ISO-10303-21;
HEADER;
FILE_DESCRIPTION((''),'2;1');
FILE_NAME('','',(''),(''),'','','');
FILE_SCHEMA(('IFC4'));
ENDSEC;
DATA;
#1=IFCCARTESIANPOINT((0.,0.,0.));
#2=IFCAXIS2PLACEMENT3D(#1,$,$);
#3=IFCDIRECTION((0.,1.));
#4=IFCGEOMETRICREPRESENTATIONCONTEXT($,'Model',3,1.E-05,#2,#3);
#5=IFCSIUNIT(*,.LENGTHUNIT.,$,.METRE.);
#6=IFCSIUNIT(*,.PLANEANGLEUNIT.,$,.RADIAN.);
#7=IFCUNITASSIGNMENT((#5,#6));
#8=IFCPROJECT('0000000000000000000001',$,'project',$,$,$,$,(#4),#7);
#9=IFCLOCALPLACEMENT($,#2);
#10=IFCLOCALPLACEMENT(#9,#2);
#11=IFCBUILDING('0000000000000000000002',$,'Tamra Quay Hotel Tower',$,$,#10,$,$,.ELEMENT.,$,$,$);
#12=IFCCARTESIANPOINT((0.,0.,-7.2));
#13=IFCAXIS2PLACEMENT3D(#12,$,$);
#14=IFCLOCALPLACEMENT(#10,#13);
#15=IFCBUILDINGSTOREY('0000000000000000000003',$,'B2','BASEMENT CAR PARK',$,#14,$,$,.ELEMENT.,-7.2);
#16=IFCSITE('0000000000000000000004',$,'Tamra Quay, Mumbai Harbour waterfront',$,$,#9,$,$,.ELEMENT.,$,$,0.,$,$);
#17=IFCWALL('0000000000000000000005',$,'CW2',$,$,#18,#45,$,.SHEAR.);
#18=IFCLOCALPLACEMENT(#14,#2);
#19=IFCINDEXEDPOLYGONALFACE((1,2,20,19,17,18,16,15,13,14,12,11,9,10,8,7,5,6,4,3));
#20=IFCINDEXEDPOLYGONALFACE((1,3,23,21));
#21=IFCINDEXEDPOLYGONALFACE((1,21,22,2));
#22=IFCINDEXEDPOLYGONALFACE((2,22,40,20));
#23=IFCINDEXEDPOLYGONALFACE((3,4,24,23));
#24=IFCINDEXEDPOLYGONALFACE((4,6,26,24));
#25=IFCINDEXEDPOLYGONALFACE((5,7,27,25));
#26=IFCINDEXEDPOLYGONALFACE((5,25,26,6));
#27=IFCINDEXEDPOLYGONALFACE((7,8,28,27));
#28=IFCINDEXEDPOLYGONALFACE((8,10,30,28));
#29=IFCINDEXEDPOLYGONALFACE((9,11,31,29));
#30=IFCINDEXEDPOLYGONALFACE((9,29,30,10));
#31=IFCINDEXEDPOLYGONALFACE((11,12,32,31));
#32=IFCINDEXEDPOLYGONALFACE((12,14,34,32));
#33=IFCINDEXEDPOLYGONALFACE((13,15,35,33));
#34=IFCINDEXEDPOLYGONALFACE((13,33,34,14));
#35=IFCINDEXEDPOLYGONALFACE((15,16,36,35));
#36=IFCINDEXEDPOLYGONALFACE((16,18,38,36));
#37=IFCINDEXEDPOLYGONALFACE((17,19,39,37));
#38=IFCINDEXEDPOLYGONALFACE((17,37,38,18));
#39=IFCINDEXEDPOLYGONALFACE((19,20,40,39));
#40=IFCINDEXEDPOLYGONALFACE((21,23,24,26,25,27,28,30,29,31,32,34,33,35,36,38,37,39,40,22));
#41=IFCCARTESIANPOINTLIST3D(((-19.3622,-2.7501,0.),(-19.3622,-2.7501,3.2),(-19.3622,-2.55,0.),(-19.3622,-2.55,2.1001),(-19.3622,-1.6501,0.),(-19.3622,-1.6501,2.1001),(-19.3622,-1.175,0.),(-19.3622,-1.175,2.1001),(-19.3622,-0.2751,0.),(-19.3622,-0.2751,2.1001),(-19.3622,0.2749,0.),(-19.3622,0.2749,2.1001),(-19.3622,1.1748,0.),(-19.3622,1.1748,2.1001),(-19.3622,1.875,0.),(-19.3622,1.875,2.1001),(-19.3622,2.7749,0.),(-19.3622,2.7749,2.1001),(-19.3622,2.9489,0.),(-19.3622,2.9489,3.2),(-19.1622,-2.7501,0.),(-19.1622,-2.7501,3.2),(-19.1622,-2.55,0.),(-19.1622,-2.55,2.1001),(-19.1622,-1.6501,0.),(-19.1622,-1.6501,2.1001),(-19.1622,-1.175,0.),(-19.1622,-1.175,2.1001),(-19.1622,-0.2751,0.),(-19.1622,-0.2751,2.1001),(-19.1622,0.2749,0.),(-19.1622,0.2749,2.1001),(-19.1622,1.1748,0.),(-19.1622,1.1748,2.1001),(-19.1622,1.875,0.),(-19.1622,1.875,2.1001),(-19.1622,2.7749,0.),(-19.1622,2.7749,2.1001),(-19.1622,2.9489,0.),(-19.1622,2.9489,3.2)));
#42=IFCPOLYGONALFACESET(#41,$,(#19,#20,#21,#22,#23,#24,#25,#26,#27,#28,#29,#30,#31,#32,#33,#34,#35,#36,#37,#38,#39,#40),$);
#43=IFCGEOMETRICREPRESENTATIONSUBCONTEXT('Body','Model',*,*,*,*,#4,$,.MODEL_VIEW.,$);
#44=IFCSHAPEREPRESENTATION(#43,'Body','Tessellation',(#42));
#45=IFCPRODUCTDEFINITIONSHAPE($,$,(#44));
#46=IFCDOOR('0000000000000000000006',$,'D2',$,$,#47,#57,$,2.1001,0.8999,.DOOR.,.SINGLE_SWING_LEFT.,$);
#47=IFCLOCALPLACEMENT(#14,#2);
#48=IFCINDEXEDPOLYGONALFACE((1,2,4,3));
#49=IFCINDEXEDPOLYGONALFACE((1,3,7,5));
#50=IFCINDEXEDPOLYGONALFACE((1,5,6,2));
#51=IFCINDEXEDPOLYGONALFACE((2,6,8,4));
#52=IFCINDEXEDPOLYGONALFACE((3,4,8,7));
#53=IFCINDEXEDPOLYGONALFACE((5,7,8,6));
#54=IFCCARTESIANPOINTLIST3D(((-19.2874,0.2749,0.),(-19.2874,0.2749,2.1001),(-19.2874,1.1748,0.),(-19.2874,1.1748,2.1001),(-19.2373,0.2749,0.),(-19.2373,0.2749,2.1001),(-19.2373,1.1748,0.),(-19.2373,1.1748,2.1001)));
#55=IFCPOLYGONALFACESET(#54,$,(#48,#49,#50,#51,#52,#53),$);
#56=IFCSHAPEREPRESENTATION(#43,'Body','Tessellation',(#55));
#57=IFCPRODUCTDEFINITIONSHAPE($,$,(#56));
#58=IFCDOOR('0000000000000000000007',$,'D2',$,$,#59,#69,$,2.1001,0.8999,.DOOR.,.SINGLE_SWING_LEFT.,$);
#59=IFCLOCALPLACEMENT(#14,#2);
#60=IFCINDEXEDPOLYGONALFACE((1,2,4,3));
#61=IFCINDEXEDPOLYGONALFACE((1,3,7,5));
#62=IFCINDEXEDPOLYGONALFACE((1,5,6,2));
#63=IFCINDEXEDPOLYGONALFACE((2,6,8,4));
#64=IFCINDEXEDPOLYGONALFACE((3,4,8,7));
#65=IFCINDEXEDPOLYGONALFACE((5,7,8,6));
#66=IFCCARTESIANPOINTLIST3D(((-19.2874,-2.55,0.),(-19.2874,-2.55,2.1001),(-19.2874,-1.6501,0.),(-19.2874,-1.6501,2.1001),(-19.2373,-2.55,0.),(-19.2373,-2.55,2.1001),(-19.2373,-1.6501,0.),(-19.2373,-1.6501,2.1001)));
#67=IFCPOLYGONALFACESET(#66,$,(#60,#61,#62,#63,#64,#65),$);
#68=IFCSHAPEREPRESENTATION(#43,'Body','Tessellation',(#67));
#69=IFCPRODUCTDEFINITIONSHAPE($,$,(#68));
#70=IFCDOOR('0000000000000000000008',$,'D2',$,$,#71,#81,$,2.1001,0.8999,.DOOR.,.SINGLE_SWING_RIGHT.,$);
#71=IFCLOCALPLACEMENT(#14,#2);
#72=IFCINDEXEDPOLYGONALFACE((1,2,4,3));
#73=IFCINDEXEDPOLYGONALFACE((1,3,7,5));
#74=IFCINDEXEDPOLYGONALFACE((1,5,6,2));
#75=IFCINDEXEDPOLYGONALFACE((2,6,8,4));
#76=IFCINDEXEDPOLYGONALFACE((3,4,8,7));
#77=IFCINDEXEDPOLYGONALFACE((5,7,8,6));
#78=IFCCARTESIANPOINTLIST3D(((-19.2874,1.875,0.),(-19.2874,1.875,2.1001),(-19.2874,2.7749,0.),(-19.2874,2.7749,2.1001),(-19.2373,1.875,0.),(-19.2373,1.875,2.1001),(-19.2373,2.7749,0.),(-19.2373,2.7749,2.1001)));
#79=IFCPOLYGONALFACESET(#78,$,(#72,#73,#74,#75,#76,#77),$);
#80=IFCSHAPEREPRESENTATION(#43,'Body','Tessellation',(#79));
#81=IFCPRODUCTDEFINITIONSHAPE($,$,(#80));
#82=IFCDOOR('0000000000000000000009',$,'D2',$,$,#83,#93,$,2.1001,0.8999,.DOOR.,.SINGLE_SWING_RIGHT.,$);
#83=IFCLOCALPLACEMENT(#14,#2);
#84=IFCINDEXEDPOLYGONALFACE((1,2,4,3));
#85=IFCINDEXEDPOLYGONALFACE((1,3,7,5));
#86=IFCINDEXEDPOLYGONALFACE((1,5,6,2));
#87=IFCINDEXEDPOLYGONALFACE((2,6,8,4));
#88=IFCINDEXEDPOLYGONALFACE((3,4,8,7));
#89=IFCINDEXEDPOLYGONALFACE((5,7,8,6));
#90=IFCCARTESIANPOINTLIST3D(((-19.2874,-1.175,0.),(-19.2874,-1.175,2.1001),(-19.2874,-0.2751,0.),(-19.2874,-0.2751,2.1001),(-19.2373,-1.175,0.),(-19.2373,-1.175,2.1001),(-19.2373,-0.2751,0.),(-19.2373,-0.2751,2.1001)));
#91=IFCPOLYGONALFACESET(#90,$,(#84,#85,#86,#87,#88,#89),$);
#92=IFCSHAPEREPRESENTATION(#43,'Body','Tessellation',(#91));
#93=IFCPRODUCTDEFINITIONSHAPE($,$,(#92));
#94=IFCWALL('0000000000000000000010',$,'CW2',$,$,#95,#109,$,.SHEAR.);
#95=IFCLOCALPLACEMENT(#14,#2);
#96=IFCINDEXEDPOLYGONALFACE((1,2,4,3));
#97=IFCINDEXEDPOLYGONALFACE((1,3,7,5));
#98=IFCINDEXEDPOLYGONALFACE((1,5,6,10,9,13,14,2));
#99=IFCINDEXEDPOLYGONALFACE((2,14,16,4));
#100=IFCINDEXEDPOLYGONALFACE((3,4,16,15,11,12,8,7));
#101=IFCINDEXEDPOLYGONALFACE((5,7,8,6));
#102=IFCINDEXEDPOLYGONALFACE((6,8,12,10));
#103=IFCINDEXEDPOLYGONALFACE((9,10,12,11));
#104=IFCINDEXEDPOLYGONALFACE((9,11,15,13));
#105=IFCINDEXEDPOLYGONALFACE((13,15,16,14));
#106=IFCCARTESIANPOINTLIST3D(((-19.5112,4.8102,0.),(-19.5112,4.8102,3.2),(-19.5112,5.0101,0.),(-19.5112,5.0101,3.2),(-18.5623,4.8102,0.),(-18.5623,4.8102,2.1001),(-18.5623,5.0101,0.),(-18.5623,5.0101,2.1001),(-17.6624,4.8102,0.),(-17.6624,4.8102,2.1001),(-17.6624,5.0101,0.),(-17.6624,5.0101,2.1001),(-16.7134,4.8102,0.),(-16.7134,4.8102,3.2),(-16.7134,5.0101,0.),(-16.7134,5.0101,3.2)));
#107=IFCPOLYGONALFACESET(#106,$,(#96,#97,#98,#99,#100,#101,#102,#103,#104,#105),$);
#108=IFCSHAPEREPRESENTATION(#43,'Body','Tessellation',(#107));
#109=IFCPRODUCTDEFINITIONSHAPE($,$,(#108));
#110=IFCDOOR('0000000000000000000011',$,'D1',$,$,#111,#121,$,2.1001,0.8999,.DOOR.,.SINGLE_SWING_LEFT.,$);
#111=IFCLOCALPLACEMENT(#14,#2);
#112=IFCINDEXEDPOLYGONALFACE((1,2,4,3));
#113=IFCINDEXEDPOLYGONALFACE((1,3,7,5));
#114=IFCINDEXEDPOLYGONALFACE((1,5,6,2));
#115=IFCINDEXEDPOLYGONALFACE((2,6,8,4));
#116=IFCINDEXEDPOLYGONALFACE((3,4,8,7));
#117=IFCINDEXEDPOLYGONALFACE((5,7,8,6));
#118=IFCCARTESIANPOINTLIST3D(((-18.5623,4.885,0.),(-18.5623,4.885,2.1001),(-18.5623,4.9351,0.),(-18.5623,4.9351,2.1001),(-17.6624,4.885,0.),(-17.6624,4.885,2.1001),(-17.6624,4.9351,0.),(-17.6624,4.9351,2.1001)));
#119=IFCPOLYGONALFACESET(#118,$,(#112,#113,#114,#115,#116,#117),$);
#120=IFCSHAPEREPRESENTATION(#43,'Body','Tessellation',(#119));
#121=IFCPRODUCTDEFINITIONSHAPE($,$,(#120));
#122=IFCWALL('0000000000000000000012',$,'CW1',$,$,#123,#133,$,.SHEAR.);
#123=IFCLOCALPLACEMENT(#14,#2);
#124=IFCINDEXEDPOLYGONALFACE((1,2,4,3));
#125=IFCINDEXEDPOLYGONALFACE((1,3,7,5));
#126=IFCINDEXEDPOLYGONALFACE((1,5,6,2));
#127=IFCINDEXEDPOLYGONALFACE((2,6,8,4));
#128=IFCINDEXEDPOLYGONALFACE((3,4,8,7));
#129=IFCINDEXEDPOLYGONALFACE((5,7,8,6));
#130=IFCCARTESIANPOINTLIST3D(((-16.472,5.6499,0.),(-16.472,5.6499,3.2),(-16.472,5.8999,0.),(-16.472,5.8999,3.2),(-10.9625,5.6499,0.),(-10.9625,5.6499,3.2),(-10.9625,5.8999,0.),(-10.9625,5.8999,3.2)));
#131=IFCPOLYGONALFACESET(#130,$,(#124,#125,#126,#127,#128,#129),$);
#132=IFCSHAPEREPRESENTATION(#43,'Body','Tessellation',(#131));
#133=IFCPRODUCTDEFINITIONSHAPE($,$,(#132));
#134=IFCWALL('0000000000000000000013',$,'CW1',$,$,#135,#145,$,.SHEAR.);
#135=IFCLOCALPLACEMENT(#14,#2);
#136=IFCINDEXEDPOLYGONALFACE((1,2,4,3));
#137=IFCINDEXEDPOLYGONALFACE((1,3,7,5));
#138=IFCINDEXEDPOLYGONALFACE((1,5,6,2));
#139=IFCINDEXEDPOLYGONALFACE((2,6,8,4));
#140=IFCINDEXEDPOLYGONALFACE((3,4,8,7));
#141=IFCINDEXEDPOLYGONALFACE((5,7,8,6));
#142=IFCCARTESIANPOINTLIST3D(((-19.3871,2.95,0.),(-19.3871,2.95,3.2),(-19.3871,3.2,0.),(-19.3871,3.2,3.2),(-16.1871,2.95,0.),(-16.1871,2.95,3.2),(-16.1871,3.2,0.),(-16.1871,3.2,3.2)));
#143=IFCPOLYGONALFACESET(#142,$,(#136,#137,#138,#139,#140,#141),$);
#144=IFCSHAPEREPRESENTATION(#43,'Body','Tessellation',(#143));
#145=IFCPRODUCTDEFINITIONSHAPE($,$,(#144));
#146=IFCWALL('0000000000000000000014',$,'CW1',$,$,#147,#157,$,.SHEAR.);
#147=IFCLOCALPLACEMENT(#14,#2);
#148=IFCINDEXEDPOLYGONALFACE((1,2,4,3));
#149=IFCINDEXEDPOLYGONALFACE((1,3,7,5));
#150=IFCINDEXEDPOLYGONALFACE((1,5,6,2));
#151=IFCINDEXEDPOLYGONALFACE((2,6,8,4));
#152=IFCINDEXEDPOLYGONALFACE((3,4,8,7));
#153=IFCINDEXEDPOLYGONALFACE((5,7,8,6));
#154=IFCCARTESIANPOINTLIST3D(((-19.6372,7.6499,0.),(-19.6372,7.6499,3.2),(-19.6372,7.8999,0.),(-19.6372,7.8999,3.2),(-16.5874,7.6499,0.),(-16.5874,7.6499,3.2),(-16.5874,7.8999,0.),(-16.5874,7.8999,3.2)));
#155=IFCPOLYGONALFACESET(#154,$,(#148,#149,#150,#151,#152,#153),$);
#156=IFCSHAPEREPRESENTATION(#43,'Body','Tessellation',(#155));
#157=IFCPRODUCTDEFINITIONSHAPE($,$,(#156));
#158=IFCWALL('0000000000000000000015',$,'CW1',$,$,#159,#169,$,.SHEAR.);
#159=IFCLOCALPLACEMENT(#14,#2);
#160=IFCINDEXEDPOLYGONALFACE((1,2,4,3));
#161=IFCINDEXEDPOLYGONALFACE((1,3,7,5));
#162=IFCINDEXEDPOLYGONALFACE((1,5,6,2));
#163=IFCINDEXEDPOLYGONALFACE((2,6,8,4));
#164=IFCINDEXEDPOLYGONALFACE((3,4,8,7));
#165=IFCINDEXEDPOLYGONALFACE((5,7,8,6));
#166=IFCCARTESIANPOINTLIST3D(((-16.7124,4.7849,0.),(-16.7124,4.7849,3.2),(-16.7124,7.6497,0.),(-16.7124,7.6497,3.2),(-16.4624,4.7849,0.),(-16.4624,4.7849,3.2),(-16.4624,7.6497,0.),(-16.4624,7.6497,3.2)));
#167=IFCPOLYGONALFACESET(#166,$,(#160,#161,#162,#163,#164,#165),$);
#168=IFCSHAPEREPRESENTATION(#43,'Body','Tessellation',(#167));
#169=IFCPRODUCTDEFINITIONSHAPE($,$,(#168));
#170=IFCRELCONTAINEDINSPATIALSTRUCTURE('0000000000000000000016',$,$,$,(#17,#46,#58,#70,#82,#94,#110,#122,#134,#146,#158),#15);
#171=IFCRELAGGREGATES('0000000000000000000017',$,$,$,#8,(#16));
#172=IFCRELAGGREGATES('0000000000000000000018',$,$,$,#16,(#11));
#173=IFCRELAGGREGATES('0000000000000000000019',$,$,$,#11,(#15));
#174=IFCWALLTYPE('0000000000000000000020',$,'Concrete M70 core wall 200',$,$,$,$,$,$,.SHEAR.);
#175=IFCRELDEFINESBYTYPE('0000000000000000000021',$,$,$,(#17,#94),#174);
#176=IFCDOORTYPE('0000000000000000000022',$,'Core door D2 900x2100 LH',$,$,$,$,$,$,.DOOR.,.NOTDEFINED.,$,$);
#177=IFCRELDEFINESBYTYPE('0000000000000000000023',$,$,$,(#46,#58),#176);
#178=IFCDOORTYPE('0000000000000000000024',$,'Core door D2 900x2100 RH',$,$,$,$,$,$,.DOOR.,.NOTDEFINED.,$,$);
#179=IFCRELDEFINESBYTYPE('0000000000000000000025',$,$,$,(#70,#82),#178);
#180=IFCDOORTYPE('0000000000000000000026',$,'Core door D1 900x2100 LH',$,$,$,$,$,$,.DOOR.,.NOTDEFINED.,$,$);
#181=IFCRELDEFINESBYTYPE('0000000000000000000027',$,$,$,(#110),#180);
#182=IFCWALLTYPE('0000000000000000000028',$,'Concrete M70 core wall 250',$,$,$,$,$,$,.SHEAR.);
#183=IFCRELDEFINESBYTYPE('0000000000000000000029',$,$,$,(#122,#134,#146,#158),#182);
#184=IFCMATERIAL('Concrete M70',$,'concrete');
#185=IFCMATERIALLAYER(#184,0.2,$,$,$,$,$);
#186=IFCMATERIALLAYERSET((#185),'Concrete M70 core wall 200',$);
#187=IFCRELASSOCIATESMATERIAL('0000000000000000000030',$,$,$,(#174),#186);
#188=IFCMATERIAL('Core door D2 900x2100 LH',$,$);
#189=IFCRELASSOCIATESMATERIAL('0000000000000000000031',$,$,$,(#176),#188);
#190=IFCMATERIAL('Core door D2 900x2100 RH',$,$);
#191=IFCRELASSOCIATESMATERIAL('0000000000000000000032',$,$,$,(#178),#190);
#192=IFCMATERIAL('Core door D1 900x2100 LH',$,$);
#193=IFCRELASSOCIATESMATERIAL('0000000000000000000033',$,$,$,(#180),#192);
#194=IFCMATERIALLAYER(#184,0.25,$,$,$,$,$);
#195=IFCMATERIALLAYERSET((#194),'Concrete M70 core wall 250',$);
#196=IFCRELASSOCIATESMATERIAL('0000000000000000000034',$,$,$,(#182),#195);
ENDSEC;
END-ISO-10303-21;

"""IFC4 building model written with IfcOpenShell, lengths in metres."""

from ifc_helpers import new_model, si_unit, direction, frame, frame_2d, origin, place, context, subcontext, project, spatial, rectangle, extrude, material, layer, layer_set, type_object, element, fill, save


model = new_model("IFC4")

# Units and contexts
model_context = context("Model", 3, precision=1e-05, world=origin(), true_north=direction((0.0, 1.0)))
body_context = subcontext(model_context, "Body", "Model", "MODEL_VIEW")
ifc_project = project(units=[si_unit("LENGTHUNIT", "METRE"), si_unit("PLANEANGLEUNIT", "RADIAN")], contexts=[model_context])

# Site, building, storey
site_placement = place(None, origin())
site = spatial("IfcSite", under=ifc_project, at=site_placement, Name="Tamra Quay, Mumbai Harbour waterfront", CompositionType="ELEMENT", RefElevation=0.0)
building_placement = place(site_placement, origin())
building = spatial("IfcBuilding", under=site, at=building_placement, Name="Tamra Quay Hotel Tower", CompositionType="ELEMENT")
storey_placement = place(building_placement, frame((0.0, 0.0, -7.2)))
storey = spatial("IfcBuildingStorey", under=building, at=storey_placement, Name="B2", Description="BASEMENT CAR PARK", CompositionType="ELEMENT", Elevation=-7.2)

# Shared definitions
ifc_material_1 = material(Name="Concrete M70", Category="concrete")

# Wall, openings, doors
ifc_layer_1 = layer(ifc_material_1, 0.2)
ifc_layer_set_1 = layer_set([ifc_layer_1], Name="Concrete M70 core wall 200")
wall_type_1 = type_object("IfcWallType", Name="Concrete M70 core wall 200", PredefinedType="SHEAR", material=ifc_layer_set_1)
wall_1_placement = place(storey_placement, frame((-19.2622, 2.949, 0.0), z_axis=(0.0, 0.0, 1.0), x_axis=(0.0, -1.0, 0.0)))
wall_1 = element("IfcWall", 1, at=wall_1_placement, inside=storey, type_object=wall_type_1, Name="CW2", PredefinedType="SHEAR", context=body_context, shape_type="SweptSolid", body=[
    extrude(rectangle(XDim=5.699, YDim=0.2, at=frame_2d((2.8496, 0.0))), origin(), (0.0, 0.0, 1.0), 3.2),
])
opening_1_placement = place(wall_1_placement, frame((0.1741, 0.0, 0.0)))
opening_1 = element("IfcOpeningElement", 2, at=opening_1_placement, cuts=wall_1, PredefinedType="OPENING", context=body_context, shape_type="SweptSolid", body=[
    extrude(rectangle(XDim=0.8999, YDim=2.1001, at=frame_2d((0.45, 1.05))), frame((0.0, 0.1099, 0.0), z_axis=(0.0, -1.0, 0.0), x_axis=(1.0, 0.0, 0.0)), (0.0, 0.0, 1.0), 0.22),
])
opening_2_placement = place(wall_1_placement, frame((1.7742, 0.0, 0.0)))
opening_2 = element("IfcOpeningElement", 3, at=opening_2_placement, cuts=wall_1, PredefinedType="OPENING", context=body_context, shape_type="SweptSolid", body=[
    extrude(rectangle(XDim=0.8999, YDim=2.1001, at=frame_2d((0.45, 1.05))), frame((0.0, 0.1099, 0.0), z_axis=(0.0, -1.0, 0.0), x_axis=(1.0, 0.0, 0.0)), (0.0, 0.0, 1.0), 0.22),
])
opening_3_placement = place(wall_1_placement, frame((3.2241, 0.0, 0.0)))
opening_3 = element("IfcOpeningElement", 4, at=opening_3_placement, cuts=wall_1, PredefinedType="OPENING", context=body_context, shape_type="SweptSolid", body=[
    extrude(rectangle(XDim=0.8999, YDim=2.1001, at=frame_2d((0.45, 1.05))), frame((0.0, 0.1099, 0.0), z_axis=(0.0, -1.0, 0.0), x_axis=(1.0, 0.0, 0.0)), (0.0, 0.0, 1.0), 0.22),
])
opening_4_placement = place(wall_1_placement, frame((4.5991, 0.0, 0.0)))
opening_4 = element("IfcOpeningElement", 5, at=opening_4_placement, cuts=wall_1, PredefinedType="OPENING", context=body_context, shape_type="SweptSolid", body=[
    extrude(rectangle(XDim=0.8999, YDim=2.1001, at=frame_2d((0.45, 1.05))), frame((0.0, 0.1099, 0.0), z_axis=(0.0, -1.0, 0.0), x_axis=(1.0, 0.0, 0.0)), (0.0, 0.0, 1.0), 0.22),
])
ifc_material_2 = material(Name="Core door D2 900x2100 LH")
door_type_1 = type_object("IfcDoorType", Name="Core door D2 900x2100 LH", OperationType="NOTDEFINED", PredefinedType="DOOR", material=ifc_material_2)
door_1_placement = place(opening_2_placement, origin())
door_1 = element("IfcDoor", 6, at=door_1_placement, inside=storey, type_object=door_type_1, Name="D2", OperationType="SINGLE_SWING_LEFT", OverallHeight=2.1001, OverallWidth=0.8999, PredefinedType="DOOR", context=body_context, shape_type="SweptSolid", body=[
    extrude(rectangle(XDim=0.8999, YDim=2.1001, at=frame_2d((0.45, 1.05))), frame((0.0, 0.0249, 0.0), z_axis=(0.0, -1.0, 0.0), x_axis=(1.0, 0.0, 0.0)), (0.0, 0.0, 1.0), 0.05),
])
fill(opening_2, door_1)
door_2_placement = place(opening_4_placement, origin())
door_2 = element("IfcDoor", 7, at=door_2_placement, inside=storey, type_object=door_type_1, Name="D2", OperationType="SINGLE_SWING_LEFT", OverallHeight=2.1001, OverallWidth=0.8999, PredefinedType="DOOR", context=body_context, shape_type="SweptSolid", body=[
    extrude(rectangle(XDim=0.8999, YDim=2.1001, at=frame_2d((0.45, 1.05))), frame((0.0, 0.0249, 0.0), z_axis=(0.0, -1.0, 0.0), x_axis=(1.0, 0.0, 0.0)), (0.0, 0.0, 1.0), 0.05),
])
fill(opening_4, door_2)
ifc_material_3 = material(Name="Core door D2 900x2100 RH")
door_type_2 = type_object("IfcDoorType", Name="Core door D2 900x2100 RH", OperationType="NOTDEFINED", PredefinedType="DOOR", material=ifc_material_3)
door_3_placement = place(opening_1_placement, origin())
door_3 = element("IfcDoor", 8, at=door_3_placement, inside=storey, type_object=door_type_2, Name="D2", OperationType="SINGLE_SWING_RIGHT", OverallHeight=2.1001, OverallWidth=0.8999, PredefinedType="DOOR", context=body_context, shape_type="SweptSolid", body=[
    extrude(rectangle(XDim=0.8999, YDim=2.1001, at=frame_2d((0.45, 1.05))), frame((0.0, 0.0249, 0.0), z_axis=(0.0, -1.0, 0.0), x_axis=(1.0, 0.0, 0.0)), (0.0, 0.0, 1.0), 0.05),
])
fill(opening_1, door_3)
door_4_placement = place(opening_3_placement, origin())
door_4 = element("IfcDoor", 9, at=door_4_placement, inside=storey, type_object=door_type_2, Name="D2", OperationType="SINGLE_SWING_RIGHT", OverallHeight=2.1001, OverallWidth=0.8999, PredefinedType="DOOR", context=body_context, shape_type="SweptSolid", body=[
    extrude(rectangle(XDim=0.8999, YDim=2.1001, at=frame_2d((0.45, 1.05))), frame((0.0, 0.0249, 0.0), z_axis=(0.0, -1.0, 0.0), x_axis=(1.0, 0.0, 0.0)), (0.0, 0.0, 1.0), 0.05),
])
fill(opening_3, door_4)

# Wall, opening, door
wall_2_placement = place(storey_placement, frame((-19.5112, 4.9102, 0.0), z_axis=(0.0, 0.0, 1.0), x_axis=(1.0, 0.0, 0.0)))
wall_2 = element("IfcWall", 10, at=wall_2_placement, inside=storey, type_object=wall_type_1, Name="CW2", PredefinedType="SHEAR", context=body_context, shape_type="SweptSolid", body=[
    extrude(rectangle(XDim=2.7979, YDim=0.2, at=frame_2d((1.3989, 0.0))), origin(), (0.0, 0.0, 1.0), 3.2),
])
opening_5_placement = place(wall_2_placement, frame((0.949, 0.0, 0.0)))
opening_5 = element("IfcOpeningElement", 11, at=opening_5_placement, cuts=wall_2, PredefinedType="OPENING", context=body_context, shape_type="SweptSolid", body=[
    extrude(rectangle(XDim=0.8999, YDim=2.1001, at=frame_2d((0.45, 1.05))), frame((0.0, 0.1099, 0.0), z_axis=(0.0, -1.0, 0.0), x_axis=(1.0, 0.0, 0.0)), (0.0, 0.0, 1.0), 0.22),
])
ifc_material_4 = material(Name="Core door D1 900x2100 LH")
door_type_3 = type_object("IfcDoorType", Name="Core door D1 900x2100 LH", OperationType="NOTDEFINED", PredefinedType="DOOR", material=ifc_material_4)
door_5_placement = place(opening_5_placement, origin())
door_5 = element("IfcDoor", 12, at=door_5_placement, inside=storey, type_object=door_type_3, Name="D1", OperationType="SINGLE_SWING_LEFT", OverallHeight=2.1001, OverallWidth=0.8999, PredefinedType="DOOR", context=body_context, shape_type="SweptSolid", body=[
    extrude(rectangle(XDim=0.8999, YDim=2.1001, at=frame_2d((0.45, 1.05))), frame((0.0, 0.0249, 0.0), z_axis=(0.0, -1.0, 0.0), x_axis=(1.0, 0.0, 0.0)), (0.0, 0.0, 1.0), 0.05),
])
fill(opening_5, door_5)

# Walls
ifc_layer_2 = layer(ifc_material_1, 0.25)
ifc_layer_set_2 = layer_set([ifc_layer_2], Name="Concrete M70 core wall 250")
wall_type_2 = type_object("IfcWallType", Name="Concrete M70 core wall 250", PredefinedType="SHEAR", material=ifc_layer_set_2)
wall_3_placement = place(storey_placement, frame((-16.4722, 5.7749, 0.0), z_axis=(0.0, 0.0, 1.0), x_axis=(1.0, 0.0, 0.0)))
element("IfcWall", 13, at=wall_3_placement, inside=storey, type_object=wall_type_2, Name="CW1", PredefinedType="SHEAR", context=body_context, shape_type="SweptSolid", body=[
    extrude(rectangle(XDim=5.5095, YDim=0.25, at=frame_2d((2.7549, 0.0))), origin(), (0.0, 0.0, 1.0), 3.2),
])
wall_4_placement = place(storey_placement, frame((-19.3872, 3.075, 0.0), z_axis=(0.0, 0.0, 1.0), x_axis=(1.0, 0.0, 0.0)))
element("IfcWall", 14, at=wall_4_placement, inside=storey, type_object=wall_type_2, Name="CW1", PredefinedType="SHEAR", context=body_context, shape_type="SweptSolid", body=[
    extrude(rectangle(XDim=3.2, YDim=0.25, at=frame_2d((1.6001, 0.0))), origin(), (0.0, 0.0, 1.0), 3.2),
])
wall_5_placement = place(storey_placement, frame((-19.6372, 7.7749, 0.0), z_axis=(0.0, 0.0, 1.0), x_axis=(1.0, 0.0, 0.0)))
element("IfcWall", 15, at=wall_5_placement, inside=storey, type_object=wall_type_2, Name="CW1", PredefinedType="SHEAR", context=body_context, shape_type="SweptSolid", body=[
    extrude(rectangle(XDim=3.0498, YDim=0.25, at=frame_2d((1.5249, 0.0))), origin(), (0.0, 0.0, 1.0), 3.2),
])
for number, where, z_axis, x_axis, name in (
    (16, (-16.5874, 7.6497, 0.0), (0.0, 0.0, 1.0), (0.0, -1.0, 0.0), "CW1"),
):
    element("IfcWall", number, at=place(storey_placement, frame(where, z_axis=z_axis, x_axis=x_axis)), inside=storey, type_object=wall_type_2, Name=name, PredefinedType="SHEAR", context=body_context, shape_type="SweptSolid", body=[
        extrude(rectangle(XDim=2.8647, YDim=0.25, at=frame_2d((1.4324, 0.0))), origin(), (0.0, 0.0, 1.0), 3.2),
    ])

save(model, "model.ifc")
